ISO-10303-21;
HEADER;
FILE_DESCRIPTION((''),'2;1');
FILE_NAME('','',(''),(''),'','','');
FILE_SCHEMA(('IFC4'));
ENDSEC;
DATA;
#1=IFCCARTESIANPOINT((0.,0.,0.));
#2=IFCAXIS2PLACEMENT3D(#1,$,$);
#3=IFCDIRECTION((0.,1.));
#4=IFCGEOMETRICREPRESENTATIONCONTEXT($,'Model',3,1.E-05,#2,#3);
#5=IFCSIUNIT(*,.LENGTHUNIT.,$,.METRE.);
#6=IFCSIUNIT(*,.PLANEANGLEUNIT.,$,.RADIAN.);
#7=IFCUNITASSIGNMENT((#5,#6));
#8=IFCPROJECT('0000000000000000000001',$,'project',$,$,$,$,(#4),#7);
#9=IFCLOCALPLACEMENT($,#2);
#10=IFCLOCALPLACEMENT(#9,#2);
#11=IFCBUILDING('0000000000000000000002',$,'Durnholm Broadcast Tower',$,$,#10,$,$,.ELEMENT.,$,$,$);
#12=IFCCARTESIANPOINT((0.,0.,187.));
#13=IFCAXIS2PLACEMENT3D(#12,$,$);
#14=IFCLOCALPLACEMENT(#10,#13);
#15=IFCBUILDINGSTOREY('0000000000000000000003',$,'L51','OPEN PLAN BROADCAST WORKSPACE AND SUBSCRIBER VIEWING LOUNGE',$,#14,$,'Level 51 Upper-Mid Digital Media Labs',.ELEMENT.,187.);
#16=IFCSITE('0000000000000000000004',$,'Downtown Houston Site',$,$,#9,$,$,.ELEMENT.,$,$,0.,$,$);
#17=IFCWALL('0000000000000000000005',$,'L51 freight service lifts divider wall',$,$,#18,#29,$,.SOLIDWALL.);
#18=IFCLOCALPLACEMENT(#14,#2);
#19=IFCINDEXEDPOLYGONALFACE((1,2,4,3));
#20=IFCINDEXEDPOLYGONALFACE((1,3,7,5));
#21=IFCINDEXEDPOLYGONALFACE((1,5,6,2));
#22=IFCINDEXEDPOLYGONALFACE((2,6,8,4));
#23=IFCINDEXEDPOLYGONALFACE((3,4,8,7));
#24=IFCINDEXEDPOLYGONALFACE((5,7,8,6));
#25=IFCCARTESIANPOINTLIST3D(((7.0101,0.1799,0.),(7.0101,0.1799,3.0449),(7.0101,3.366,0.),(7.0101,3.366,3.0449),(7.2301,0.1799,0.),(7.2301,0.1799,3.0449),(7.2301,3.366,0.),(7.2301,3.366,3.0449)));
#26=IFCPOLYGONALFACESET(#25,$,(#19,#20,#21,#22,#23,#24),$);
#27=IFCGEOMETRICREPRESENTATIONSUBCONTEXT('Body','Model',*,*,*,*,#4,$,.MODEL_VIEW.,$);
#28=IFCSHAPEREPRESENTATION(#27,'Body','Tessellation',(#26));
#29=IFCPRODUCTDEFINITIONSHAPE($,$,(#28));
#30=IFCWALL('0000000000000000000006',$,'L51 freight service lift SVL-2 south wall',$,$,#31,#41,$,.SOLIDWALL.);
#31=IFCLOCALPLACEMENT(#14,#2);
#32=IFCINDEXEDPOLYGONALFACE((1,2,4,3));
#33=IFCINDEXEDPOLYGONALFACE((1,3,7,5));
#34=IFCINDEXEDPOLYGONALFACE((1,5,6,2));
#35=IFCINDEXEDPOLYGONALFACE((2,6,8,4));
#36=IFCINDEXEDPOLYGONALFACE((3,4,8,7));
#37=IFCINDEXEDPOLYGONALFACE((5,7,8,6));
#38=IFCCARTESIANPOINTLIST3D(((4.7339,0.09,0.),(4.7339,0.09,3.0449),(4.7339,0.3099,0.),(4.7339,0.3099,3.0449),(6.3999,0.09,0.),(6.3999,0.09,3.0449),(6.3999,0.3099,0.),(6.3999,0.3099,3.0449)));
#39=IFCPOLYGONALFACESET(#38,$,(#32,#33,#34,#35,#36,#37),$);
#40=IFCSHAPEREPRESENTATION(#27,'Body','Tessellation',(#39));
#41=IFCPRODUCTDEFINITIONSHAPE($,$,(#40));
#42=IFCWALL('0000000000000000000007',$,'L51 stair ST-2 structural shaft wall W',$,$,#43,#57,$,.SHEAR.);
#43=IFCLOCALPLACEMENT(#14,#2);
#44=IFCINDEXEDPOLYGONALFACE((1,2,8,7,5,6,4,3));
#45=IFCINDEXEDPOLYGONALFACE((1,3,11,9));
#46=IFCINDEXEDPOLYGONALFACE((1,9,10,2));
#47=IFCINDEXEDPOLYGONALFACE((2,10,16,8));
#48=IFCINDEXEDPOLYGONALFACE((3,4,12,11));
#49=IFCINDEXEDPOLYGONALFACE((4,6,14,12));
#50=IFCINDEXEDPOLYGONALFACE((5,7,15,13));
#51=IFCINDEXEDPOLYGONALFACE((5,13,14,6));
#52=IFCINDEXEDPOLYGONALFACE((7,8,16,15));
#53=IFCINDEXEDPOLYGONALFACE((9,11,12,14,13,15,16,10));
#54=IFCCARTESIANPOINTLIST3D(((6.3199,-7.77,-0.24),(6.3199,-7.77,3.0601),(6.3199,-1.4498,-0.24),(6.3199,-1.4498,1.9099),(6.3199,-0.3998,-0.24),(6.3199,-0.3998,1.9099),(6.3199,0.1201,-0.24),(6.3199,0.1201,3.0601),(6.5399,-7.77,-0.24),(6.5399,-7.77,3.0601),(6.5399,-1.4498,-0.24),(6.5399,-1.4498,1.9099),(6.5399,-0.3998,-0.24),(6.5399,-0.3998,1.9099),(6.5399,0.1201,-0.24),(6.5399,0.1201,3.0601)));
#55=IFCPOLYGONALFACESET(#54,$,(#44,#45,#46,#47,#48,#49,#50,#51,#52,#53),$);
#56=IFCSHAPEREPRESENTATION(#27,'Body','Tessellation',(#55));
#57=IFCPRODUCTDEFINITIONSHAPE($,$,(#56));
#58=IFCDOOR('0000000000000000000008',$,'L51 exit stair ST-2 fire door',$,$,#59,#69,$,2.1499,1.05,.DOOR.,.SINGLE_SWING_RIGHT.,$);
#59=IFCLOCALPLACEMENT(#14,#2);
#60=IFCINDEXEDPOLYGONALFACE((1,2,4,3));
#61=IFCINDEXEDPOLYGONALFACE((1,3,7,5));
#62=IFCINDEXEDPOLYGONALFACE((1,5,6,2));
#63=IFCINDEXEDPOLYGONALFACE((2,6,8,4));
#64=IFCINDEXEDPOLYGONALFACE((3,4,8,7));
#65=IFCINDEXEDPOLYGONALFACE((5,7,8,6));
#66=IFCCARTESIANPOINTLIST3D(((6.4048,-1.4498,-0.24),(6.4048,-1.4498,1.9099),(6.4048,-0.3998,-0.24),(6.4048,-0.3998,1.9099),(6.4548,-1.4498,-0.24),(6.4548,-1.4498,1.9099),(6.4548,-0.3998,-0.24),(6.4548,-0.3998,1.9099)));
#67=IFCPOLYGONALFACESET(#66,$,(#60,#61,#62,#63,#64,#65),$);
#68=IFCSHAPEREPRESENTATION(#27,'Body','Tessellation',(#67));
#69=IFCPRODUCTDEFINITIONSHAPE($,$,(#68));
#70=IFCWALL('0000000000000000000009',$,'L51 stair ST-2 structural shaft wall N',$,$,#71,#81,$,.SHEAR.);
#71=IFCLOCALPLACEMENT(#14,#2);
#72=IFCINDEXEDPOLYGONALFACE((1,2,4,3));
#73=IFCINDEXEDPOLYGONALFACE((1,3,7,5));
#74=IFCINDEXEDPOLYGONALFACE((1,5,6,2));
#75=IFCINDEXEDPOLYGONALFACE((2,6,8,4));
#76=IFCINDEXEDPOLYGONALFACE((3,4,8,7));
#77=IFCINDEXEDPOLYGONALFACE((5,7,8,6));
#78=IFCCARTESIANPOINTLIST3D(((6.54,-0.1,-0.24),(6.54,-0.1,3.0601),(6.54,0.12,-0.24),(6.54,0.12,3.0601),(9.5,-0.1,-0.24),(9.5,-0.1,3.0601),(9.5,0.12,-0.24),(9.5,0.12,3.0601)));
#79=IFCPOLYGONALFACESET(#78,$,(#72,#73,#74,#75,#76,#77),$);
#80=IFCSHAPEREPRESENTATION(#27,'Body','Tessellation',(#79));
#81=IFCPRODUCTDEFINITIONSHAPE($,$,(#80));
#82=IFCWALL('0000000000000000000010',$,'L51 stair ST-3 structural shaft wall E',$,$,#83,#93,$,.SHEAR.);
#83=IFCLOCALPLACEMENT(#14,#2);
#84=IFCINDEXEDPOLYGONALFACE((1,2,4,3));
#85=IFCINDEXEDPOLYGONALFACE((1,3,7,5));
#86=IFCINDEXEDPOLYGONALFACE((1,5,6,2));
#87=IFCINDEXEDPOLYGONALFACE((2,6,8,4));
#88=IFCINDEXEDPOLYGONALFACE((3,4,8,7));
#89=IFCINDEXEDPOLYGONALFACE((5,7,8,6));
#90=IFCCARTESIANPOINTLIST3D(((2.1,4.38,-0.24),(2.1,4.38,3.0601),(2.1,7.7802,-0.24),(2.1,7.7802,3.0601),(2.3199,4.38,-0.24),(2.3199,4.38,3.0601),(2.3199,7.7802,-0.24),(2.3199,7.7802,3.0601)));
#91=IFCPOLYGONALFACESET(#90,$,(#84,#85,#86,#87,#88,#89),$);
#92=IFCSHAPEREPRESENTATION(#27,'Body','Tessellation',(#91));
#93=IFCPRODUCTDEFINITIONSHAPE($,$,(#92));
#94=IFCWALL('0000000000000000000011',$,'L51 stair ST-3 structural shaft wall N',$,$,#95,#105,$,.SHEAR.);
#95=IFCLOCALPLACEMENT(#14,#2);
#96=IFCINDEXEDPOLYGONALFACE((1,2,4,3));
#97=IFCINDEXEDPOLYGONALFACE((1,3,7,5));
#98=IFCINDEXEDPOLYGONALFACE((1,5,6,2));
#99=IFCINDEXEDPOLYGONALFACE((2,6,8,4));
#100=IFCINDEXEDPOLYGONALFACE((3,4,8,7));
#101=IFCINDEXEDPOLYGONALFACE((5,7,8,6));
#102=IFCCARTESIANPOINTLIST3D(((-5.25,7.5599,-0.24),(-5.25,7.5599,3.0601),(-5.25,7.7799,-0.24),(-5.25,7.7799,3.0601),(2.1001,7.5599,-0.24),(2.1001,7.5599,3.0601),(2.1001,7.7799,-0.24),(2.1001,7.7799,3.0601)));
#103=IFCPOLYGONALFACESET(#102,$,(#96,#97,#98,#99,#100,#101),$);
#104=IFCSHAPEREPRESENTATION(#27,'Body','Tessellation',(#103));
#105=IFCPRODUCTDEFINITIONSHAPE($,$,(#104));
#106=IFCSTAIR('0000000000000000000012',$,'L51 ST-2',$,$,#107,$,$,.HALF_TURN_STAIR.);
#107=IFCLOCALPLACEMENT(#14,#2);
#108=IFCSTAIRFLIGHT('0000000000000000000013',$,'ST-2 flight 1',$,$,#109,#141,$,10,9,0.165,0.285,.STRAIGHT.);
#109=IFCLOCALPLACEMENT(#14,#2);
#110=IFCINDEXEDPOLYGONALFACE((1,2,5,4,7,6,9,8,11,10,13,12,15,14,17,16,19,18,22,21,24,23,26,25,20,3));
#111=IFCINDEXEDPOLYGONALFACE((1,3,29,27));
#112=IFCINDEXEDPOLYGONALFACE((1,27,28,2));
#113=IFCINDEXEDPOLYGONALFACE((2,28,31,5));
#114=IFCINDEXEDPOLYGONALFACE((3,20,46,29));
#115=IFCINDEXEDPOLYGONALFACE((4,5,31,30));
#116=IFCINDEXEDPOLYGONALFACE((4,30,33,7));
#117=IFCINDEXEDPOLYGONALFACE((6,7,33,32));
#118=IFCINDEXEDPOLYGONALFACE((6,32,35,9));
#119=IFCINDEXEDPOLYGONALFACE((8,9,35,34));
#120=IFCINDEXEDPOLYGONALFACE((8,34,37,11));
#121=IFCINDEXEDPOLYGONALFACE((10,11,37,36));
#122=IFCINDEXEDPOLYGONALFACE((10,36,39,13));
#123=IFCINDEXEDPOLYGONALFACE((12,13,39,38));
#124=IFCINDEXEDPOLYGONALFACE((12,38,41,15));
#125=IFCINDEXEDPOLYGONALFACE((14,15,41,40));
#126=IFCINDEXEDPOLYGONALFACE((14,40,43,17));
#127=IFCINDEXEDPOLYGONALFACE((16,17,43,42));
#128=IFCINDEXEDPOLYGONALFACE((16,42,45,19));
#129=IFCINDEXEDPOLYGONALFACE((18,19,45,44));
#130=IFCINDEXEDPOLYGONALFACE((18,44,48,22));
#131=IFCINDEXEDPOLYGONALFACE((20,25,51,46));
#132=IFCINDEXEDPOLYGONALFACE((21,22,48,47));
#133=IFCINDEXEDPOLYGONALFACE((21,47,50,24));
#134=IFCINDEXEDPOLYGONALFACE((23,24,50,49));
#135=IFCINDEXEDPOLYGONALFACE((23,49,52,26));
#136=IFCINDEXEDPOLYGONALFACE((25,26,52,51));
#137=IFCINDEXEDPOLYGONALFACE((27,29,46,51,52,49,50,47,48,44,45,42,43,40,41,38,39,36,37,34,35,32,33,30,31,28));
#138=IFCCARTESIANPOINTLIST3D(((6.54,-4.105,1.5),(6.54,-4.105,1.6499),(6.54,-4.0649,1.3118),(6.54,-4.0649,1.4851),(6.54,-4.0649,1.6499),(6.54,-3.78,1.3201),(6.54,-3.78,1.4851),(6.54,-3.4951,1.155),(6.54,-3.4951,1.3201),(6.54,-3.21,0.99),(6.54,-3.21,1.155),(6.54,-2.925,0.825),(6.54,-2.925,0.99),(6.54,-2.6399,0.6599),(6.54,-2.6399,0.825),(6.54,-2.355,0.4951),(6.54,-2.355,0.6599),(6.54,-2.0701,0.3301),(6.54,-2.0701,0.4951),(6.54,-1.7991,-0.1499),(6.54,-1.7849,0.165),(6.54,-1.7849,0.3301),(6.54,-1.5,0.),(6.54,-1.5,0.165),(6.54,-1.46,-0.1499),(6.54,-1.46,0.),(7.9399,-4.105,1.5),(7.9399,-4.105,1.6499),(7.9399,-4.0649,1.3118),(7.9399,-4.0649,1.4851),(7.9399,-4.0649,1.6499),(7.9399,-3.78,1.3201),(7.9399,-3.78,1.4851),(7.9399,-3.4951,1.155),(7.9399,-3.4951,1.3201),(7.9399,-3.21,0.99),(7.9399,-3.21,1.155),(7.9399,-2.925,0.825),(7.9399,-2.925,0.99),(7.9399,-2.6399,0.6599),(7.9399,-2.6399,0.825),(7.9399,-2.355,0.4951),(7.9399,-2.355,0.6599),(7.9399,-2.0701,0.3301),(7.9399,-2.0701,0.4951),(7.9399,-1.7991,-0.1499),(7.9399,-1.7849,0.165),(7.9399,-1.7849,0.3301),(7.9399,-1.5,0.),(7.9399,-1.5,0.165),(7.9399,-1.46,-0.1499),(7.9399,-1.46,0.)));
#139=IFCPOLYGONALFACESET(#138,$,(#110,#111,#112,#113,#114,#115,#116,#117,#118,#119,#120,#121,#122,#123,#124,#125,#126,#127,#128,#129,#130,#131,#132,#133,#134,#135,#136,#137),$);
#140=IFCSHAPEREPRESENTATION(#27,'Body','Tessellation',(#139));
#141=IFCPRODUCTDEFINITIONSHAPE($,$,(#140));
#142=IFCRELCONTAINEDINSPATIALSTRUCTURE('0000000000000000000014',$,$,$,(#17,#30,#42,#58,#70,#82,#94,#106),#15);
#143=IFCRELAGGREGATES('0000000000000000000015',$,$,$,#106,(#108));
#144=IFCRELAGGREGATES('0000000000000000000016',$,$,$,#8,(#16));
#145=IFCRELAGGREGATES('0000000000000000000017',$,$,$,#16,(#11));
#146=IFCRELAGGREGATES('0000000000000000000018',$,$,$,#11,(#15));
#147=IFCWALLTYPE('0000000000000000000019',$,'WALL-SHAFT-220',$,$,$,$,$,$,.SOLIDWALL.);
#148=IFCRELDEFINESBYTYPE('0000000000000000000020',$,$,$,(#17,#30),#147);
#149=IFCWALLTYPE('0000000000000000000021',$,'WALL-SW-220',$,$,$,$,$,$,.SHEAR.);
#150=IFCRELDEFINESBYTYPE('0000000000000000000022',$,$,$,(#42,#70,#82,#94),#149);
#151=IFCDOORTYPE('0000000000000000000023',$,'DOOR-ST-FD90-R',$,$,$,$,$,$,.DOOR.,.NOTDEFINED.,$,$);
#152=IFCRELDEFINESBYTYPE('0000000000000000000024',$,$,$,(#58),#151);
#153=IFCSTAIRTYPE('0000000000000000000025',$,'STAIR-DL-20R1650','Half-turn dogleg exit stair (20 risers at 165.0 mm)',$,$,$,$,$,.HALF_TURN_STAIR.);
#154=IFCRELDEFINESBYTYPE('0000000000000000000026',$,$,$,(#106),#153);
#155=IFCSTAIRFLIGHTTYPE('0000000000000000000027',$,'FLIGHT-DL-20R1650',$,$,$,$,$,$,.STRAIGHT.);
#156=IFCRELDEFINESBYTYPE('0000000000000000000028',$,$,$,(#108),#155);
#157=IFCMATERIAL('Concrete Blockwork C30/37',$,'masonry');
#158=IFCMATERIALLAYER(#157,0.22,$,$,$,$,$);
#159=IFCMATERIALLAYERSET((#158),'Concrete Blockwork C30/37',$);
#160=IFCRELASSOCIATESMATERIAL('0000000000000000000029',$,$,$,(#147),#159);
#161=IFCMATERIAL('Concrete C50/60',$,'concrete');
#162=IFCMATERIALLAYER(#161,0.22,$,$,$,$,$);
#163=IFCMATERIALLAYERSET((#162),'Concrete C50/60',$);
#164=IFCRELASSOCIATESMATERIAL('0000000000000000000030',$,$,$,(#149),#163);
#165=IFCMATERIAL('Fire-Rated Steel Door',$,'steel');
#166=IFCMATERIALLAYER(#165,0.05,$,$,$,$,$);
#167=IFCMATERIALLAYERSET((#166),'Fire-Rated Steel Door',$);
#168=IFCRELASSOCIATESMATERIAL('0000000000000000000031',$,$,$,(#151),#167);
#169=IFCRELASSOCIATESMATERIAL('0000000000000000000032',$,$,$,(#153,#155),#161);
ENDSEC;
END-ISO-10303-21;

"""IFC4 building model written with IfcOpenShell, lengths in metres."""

from ifc_helpers import new_model, si_unit, direction, frame, frame_2d, origin, place, context, subcontext, project, spatial, polyline, rectangle, outline, extrude, source, transform, mapped, material, layer, layer_set, type_object, type_shapes, element, fill, aggregate, save


model = new_model("IFC4")

# Units and contexts
model_context = context("Model", 3, precision=1e-05, world=origin(), true_north=direction((0.0, 1.0)))
body_context = subcontext(model_context, "Body", "Model", "MODEL_VIEW")
ifc_project = project(units=[si_unit("LENGTHUNIT", "METRE"), si_unit("PLANEANGLEUNIT", "RADIAN")], contexts=[model_context])

# Site, building, storey
site_placement = place(None, origin())
site = spatial("IfcSite", under=ifc_project, at=site_placement, Name="Downtown Houston Site", CompositionType="ELEMENT", RefElevation=0.0)
building_placement = place(site_placement, origin())
building = spatial("IfcBuilding", under=site, at=building_placement, Name="Durnholm Broadcast Tower", CompositionType="ELEMENT")
storey_placement = place(building_placement, frame((0.0, 0.0, 187.0)))
storey = spatial("IfcBuildingStorey", under=building, at=storey_placement, Name="L51", Description="OPEN PLAN BROADCAST WORKSPACE AND SUBSCRIBER VIEWING LOUNGE", LongName="Level 51 Upper-Mid Digital Media Labs", CompositionType="ELEMENT", Elevation=187.0)

# Shared definitions
ifc_material_1 = material(Name="Concrete Blockwork C30/37", Category="masonry")
ifc_layer_1 = layer(ifc_material_1, 0.22)
ifc_layer_set_1 = layer_set([ifc_layer_1], Name="Concrete Blockwork C30/37")
wall_type_1 = type_object("IfcWallType", Name="WALL-SHAFT-220", PredefinedType="SOLIDWALL", material=ifc_layer_set_1)

# Walls
for number, where, z_axis, x_axis, name in (
    (1, (7.1201, 0.1799, 0.0), (0.0, 0.0, 1.0), (0.0, 1.0, 0.0), "L51 freight service lifts divider wall"),
):
    element("IfcWall", number, at=place(storey_placement, frame(where, z_axis=z_axis, x_axis=x_axis)), inside=storey, type_object=wall_type_1, Name=name, PredefinedType="SOLIDWALL", context=body_context, shape_type="SweptSolid", body=[
        extrude(rectangle(XDim=3.186, YDim=0.22, at=frame_2d((1.593, 0.0))), origin(), (0.0, 0.0, 1.0), 3.0449),
    ])
wall_1_placement = place(storey_placement, frame((4.7339, 0.2, 0.0), z_axis=(0.0, 0.0, 1.0), x_axis=(1.0, 0.0, 0.0)))
element("IfcWall", 2, at=wall_1_placement, inside=storey, type_object=wall_type_1, Name="L51 freight service lift SVL-2 south wall", PredefinedType="SOLIDWALL", context=body_context, shape_type="SweptSolid", body=[
    extrude(rectangle(XDim=1.666, YDim=0.22, at=frame_2d((0.833, 0.0))), origin(), (0.0, 0.0, 1.0), 3.0449),
])

# Wall, opening, door
ifc_material_2 = material(Name="Concrete C50/60", Category="concrete")
ifc_layer_2 = layer(ifc_material_2, 0.22)
ifc_layer_set_2 = layer_set([ifc_layer_2], Name="Concrete C50/60")
wall_type_2 = type_object("IfcWallType", Name="WALL-SW-220", PredefinedType="SHEAR", material=ifc_layer_set_2)
wall_2_placement = place(storey_placement, frame((6.4299, 0.1201, -0.24), z_axis=(0.0, 0.0, 1.0), x_axis=(0.0, -1.0, 0.0)))
wall_2 = element("IfcWall", 3, at=wall_2_placement, inside=storey, type_object=wall_type_2, Name="L51 stair ST-2 structural shaft wall W", PredefinedType="SHEAR", context=body_context, shape_type="SweptSolid", body=[
    extrude(rectangle(XDim=7.8901, YDim=0.22, at=frame_2d((3.9451, 0.0))), origin(), (0.0, 0.0, 1.0), 3.3),
])
opening_1_placement = place(wall_2_placement, frame((0.52, 0.0, 0.0)))
opening_1 = element("IfcOpeningElement", 4, at=opening_1_placement, cuts=wall_2, PredefinedType="OPENING", context=body_context, shape_type="SweptSolid", body=[
    extrude(rectangle(XDim=1.05, YDim=2.1499, at=frame_2d((0.5249, 1.075))), frame((0.0, 0.1201, 0.0), z_axis=(0.0, -1.0, 0.0), x_axis=(1.0, 0.0, 0.0)), (0.0, 0.0, 1.0), 0.24),
])
ifc_material_3 = material(Name="Fire-Rated Steel Door", Category="steel")
ifc_layer_3 = layer(ifc_material_3, 0.05)
ifc_layer_set_3 = layer_set([ifc_layer_3], Name="Fire-Rated Steel Door")
door_type_1 = type_object("IfcDoorType", Name="DOOR-ST-FD90-R", OperationType="NOTDEFINED", PredefinedType="DOOR", material=ifc_layer_set_3)
shared_shape_1 = source(origin(), body_context, "Body", "SweptSolid", [
    extrude(rectangle(XDim=1.05, YDim=2.1499, at=frame_2d((0.5249, 1.075))), frame((0.0, 0.0249, 0.0), z_axis=(0.0, -1.0, 0.0), x_axis=(1.0, 0.0, 0.0)), (0.0, 0.0, 1.0), 0.05),
])
type_shapes(door_type_1, [shared_shape_1])
door_1_placement = place(opening_1_placement, origin())
door_1 = element("IfcDoor", 5, at=door_1_placement, inside=storey, type_object=door_type_1, Name="L51 exit stair ST-2 fire door", OperationType="SINGLE_SWING_RIGHT", OverallHeight=2.1499, OverallWidth=1.05, PredefinedType="DOOR", context=body_context, shape_type="MappedRepresentation", body=[
    mapped(shared_shape_1, transform((0.0, 0.0, 0.0), x_axis=(1.0, 0.0, 0.0), y_axis=(0.0, 1.0, 0.0), z_axis=(0.0, 0.0, 1.0), scale=1.0)),
])
fill(opening_1, door_1)

# Walls
wall_3_placement = place(storey_placement, frame((9.5, 0.01, -0.24), z_axis=(0.0, 0.0, 1.0), x_axis=(-1.0, 0.0, 0.0)))
element("IfcWall", 6, at=wall_3_placement, inside=storey, type_object=wall_type_2, Name="L51 stair ST-2 structural shaft wall N", PredefinedType="SHEAR", context=body_context, shape_type="SweptSolid", body=[
    extrude(rectangle(XDim=2.96, YDim=0.22, at=frame_2d((1.48, 0.0))), origin(), (0.0, 0.0, 1.0), 3.3),
])
wall_4_placement = place(storey_placement, frame((2.21, 4.3799, -0.24), z_axis=(0.0, 0.0, 1.0), x_axis=(0.0, 1.0, 0.0)))
element("IfcWall", 7, at=wall_4_placement, inside=storey, type_object=wall_type_2, Name="L51 stair ST-3 structural shaft wall E", PredefinedType="SHEAR", context=body_context, shape_type="SweptSolid", body=[
    extrude(rectangle(XDim=3.4001, YDim=0.22, at=frame_2d((1.7002, 0.0))), origin(), (0.0, 0.0, 1.0), 3.3),
])
wall_5_placement = place(storey_placement, frame((2.1001, 7.6699, -0.24), z_axis=(0.0, 0.0, 1.0), x_axis=(-1.0, 0.0, 0.0)))
element("IfcWall", 8, at=wall_5_placement, inside=storey, type_object=wall_type_2, Name="L51 stair ST-3 structural shaft wall N", PredefinedType="SHEAR", context=body_context, shape_type="SweptSolid", body=[
    extrude(rectangle(XDim=7.3501, YDim=0.22, at=frame_2d((3.675, 0.0))), origin(), (0.0, 0.0, 1.0), 3.3),
])

# Stair, stair flight
stair_type = type_object("IfcStairType", Name="STAIR-DL-20R1650", Description="Half-turn dogleg exit stair (20 risers at 165.0 mm)", PredefinedType="HALF_TURN_STAIR", material=ifc_material_2)
stair_placement = place(storey_placement, origin())
stair = element("IfcStair", 9, at=stair_placement, inside=storey, type_object=stair_type, Name="L51 ST-2", PredefinedType="HALF_TURN_STAIR")
stair_flight_type = type_object("IfcStairFlightType", Name="FLIGHT-DL-20R1650", PredefinedType="STRAIGHT", material=ifc_material_2)
stair_flight_placement = place(storey_placement, frame((7.24, -1.5, 0.0), z_axis=(0.0, 0.0, 1.0), x_axis=(0.0, -1.0, 0.0)))
stair_flight = element("IfcStairFlight", 10, at=stair_flight_placement, type_object=stair_flight_type, Name="ST-2 flight 1", NumberOfRisers=10, NumberOfTreads=9, PredefinedType="STRAIGHT", RiserHeight=0.165, TreadLength=0.285, context=body_context, shape_type="SweptSolid", body=[
    extrude(outline(polyline([(-0.04, -0.1499), (-0.04, 0.0), (0.0, 0.0), (0.0, 0.165), (0.2849, 0.165), (0.2849, 0.3301), (0.5701, 0.3301), (0.5701, 0.4951), (0.855, 0.4951), (0.855, 0.6599), (1.1399, 0.6599), (1.1399, 0.825), (1.425, 0.825), (1.425, 0.99), (1.71, 0.99), (1.71, 1.155), (1.9951, 1.155), (1.9951, 1.3201), (2.28, 1.3201), (2.28, 1.4851), (2.5649, 1.4851), (2.5649, 1.6499), (2.605, 1.6499), (2.605, 1.5), (2.5649, 1.3118), (0.2991, -0.1499), (-0.04, -0.1499)])), frame((0.0, 0.7, 0.0), z_axis=(0.0, -1.0, 0.0), x_axis=(1.0, 0.0, 0.0)), (0.0, 0.0, 1.0), 1.3999),
])
aggregate(stair, [stair_flight])

save(model, "model.ifc")
